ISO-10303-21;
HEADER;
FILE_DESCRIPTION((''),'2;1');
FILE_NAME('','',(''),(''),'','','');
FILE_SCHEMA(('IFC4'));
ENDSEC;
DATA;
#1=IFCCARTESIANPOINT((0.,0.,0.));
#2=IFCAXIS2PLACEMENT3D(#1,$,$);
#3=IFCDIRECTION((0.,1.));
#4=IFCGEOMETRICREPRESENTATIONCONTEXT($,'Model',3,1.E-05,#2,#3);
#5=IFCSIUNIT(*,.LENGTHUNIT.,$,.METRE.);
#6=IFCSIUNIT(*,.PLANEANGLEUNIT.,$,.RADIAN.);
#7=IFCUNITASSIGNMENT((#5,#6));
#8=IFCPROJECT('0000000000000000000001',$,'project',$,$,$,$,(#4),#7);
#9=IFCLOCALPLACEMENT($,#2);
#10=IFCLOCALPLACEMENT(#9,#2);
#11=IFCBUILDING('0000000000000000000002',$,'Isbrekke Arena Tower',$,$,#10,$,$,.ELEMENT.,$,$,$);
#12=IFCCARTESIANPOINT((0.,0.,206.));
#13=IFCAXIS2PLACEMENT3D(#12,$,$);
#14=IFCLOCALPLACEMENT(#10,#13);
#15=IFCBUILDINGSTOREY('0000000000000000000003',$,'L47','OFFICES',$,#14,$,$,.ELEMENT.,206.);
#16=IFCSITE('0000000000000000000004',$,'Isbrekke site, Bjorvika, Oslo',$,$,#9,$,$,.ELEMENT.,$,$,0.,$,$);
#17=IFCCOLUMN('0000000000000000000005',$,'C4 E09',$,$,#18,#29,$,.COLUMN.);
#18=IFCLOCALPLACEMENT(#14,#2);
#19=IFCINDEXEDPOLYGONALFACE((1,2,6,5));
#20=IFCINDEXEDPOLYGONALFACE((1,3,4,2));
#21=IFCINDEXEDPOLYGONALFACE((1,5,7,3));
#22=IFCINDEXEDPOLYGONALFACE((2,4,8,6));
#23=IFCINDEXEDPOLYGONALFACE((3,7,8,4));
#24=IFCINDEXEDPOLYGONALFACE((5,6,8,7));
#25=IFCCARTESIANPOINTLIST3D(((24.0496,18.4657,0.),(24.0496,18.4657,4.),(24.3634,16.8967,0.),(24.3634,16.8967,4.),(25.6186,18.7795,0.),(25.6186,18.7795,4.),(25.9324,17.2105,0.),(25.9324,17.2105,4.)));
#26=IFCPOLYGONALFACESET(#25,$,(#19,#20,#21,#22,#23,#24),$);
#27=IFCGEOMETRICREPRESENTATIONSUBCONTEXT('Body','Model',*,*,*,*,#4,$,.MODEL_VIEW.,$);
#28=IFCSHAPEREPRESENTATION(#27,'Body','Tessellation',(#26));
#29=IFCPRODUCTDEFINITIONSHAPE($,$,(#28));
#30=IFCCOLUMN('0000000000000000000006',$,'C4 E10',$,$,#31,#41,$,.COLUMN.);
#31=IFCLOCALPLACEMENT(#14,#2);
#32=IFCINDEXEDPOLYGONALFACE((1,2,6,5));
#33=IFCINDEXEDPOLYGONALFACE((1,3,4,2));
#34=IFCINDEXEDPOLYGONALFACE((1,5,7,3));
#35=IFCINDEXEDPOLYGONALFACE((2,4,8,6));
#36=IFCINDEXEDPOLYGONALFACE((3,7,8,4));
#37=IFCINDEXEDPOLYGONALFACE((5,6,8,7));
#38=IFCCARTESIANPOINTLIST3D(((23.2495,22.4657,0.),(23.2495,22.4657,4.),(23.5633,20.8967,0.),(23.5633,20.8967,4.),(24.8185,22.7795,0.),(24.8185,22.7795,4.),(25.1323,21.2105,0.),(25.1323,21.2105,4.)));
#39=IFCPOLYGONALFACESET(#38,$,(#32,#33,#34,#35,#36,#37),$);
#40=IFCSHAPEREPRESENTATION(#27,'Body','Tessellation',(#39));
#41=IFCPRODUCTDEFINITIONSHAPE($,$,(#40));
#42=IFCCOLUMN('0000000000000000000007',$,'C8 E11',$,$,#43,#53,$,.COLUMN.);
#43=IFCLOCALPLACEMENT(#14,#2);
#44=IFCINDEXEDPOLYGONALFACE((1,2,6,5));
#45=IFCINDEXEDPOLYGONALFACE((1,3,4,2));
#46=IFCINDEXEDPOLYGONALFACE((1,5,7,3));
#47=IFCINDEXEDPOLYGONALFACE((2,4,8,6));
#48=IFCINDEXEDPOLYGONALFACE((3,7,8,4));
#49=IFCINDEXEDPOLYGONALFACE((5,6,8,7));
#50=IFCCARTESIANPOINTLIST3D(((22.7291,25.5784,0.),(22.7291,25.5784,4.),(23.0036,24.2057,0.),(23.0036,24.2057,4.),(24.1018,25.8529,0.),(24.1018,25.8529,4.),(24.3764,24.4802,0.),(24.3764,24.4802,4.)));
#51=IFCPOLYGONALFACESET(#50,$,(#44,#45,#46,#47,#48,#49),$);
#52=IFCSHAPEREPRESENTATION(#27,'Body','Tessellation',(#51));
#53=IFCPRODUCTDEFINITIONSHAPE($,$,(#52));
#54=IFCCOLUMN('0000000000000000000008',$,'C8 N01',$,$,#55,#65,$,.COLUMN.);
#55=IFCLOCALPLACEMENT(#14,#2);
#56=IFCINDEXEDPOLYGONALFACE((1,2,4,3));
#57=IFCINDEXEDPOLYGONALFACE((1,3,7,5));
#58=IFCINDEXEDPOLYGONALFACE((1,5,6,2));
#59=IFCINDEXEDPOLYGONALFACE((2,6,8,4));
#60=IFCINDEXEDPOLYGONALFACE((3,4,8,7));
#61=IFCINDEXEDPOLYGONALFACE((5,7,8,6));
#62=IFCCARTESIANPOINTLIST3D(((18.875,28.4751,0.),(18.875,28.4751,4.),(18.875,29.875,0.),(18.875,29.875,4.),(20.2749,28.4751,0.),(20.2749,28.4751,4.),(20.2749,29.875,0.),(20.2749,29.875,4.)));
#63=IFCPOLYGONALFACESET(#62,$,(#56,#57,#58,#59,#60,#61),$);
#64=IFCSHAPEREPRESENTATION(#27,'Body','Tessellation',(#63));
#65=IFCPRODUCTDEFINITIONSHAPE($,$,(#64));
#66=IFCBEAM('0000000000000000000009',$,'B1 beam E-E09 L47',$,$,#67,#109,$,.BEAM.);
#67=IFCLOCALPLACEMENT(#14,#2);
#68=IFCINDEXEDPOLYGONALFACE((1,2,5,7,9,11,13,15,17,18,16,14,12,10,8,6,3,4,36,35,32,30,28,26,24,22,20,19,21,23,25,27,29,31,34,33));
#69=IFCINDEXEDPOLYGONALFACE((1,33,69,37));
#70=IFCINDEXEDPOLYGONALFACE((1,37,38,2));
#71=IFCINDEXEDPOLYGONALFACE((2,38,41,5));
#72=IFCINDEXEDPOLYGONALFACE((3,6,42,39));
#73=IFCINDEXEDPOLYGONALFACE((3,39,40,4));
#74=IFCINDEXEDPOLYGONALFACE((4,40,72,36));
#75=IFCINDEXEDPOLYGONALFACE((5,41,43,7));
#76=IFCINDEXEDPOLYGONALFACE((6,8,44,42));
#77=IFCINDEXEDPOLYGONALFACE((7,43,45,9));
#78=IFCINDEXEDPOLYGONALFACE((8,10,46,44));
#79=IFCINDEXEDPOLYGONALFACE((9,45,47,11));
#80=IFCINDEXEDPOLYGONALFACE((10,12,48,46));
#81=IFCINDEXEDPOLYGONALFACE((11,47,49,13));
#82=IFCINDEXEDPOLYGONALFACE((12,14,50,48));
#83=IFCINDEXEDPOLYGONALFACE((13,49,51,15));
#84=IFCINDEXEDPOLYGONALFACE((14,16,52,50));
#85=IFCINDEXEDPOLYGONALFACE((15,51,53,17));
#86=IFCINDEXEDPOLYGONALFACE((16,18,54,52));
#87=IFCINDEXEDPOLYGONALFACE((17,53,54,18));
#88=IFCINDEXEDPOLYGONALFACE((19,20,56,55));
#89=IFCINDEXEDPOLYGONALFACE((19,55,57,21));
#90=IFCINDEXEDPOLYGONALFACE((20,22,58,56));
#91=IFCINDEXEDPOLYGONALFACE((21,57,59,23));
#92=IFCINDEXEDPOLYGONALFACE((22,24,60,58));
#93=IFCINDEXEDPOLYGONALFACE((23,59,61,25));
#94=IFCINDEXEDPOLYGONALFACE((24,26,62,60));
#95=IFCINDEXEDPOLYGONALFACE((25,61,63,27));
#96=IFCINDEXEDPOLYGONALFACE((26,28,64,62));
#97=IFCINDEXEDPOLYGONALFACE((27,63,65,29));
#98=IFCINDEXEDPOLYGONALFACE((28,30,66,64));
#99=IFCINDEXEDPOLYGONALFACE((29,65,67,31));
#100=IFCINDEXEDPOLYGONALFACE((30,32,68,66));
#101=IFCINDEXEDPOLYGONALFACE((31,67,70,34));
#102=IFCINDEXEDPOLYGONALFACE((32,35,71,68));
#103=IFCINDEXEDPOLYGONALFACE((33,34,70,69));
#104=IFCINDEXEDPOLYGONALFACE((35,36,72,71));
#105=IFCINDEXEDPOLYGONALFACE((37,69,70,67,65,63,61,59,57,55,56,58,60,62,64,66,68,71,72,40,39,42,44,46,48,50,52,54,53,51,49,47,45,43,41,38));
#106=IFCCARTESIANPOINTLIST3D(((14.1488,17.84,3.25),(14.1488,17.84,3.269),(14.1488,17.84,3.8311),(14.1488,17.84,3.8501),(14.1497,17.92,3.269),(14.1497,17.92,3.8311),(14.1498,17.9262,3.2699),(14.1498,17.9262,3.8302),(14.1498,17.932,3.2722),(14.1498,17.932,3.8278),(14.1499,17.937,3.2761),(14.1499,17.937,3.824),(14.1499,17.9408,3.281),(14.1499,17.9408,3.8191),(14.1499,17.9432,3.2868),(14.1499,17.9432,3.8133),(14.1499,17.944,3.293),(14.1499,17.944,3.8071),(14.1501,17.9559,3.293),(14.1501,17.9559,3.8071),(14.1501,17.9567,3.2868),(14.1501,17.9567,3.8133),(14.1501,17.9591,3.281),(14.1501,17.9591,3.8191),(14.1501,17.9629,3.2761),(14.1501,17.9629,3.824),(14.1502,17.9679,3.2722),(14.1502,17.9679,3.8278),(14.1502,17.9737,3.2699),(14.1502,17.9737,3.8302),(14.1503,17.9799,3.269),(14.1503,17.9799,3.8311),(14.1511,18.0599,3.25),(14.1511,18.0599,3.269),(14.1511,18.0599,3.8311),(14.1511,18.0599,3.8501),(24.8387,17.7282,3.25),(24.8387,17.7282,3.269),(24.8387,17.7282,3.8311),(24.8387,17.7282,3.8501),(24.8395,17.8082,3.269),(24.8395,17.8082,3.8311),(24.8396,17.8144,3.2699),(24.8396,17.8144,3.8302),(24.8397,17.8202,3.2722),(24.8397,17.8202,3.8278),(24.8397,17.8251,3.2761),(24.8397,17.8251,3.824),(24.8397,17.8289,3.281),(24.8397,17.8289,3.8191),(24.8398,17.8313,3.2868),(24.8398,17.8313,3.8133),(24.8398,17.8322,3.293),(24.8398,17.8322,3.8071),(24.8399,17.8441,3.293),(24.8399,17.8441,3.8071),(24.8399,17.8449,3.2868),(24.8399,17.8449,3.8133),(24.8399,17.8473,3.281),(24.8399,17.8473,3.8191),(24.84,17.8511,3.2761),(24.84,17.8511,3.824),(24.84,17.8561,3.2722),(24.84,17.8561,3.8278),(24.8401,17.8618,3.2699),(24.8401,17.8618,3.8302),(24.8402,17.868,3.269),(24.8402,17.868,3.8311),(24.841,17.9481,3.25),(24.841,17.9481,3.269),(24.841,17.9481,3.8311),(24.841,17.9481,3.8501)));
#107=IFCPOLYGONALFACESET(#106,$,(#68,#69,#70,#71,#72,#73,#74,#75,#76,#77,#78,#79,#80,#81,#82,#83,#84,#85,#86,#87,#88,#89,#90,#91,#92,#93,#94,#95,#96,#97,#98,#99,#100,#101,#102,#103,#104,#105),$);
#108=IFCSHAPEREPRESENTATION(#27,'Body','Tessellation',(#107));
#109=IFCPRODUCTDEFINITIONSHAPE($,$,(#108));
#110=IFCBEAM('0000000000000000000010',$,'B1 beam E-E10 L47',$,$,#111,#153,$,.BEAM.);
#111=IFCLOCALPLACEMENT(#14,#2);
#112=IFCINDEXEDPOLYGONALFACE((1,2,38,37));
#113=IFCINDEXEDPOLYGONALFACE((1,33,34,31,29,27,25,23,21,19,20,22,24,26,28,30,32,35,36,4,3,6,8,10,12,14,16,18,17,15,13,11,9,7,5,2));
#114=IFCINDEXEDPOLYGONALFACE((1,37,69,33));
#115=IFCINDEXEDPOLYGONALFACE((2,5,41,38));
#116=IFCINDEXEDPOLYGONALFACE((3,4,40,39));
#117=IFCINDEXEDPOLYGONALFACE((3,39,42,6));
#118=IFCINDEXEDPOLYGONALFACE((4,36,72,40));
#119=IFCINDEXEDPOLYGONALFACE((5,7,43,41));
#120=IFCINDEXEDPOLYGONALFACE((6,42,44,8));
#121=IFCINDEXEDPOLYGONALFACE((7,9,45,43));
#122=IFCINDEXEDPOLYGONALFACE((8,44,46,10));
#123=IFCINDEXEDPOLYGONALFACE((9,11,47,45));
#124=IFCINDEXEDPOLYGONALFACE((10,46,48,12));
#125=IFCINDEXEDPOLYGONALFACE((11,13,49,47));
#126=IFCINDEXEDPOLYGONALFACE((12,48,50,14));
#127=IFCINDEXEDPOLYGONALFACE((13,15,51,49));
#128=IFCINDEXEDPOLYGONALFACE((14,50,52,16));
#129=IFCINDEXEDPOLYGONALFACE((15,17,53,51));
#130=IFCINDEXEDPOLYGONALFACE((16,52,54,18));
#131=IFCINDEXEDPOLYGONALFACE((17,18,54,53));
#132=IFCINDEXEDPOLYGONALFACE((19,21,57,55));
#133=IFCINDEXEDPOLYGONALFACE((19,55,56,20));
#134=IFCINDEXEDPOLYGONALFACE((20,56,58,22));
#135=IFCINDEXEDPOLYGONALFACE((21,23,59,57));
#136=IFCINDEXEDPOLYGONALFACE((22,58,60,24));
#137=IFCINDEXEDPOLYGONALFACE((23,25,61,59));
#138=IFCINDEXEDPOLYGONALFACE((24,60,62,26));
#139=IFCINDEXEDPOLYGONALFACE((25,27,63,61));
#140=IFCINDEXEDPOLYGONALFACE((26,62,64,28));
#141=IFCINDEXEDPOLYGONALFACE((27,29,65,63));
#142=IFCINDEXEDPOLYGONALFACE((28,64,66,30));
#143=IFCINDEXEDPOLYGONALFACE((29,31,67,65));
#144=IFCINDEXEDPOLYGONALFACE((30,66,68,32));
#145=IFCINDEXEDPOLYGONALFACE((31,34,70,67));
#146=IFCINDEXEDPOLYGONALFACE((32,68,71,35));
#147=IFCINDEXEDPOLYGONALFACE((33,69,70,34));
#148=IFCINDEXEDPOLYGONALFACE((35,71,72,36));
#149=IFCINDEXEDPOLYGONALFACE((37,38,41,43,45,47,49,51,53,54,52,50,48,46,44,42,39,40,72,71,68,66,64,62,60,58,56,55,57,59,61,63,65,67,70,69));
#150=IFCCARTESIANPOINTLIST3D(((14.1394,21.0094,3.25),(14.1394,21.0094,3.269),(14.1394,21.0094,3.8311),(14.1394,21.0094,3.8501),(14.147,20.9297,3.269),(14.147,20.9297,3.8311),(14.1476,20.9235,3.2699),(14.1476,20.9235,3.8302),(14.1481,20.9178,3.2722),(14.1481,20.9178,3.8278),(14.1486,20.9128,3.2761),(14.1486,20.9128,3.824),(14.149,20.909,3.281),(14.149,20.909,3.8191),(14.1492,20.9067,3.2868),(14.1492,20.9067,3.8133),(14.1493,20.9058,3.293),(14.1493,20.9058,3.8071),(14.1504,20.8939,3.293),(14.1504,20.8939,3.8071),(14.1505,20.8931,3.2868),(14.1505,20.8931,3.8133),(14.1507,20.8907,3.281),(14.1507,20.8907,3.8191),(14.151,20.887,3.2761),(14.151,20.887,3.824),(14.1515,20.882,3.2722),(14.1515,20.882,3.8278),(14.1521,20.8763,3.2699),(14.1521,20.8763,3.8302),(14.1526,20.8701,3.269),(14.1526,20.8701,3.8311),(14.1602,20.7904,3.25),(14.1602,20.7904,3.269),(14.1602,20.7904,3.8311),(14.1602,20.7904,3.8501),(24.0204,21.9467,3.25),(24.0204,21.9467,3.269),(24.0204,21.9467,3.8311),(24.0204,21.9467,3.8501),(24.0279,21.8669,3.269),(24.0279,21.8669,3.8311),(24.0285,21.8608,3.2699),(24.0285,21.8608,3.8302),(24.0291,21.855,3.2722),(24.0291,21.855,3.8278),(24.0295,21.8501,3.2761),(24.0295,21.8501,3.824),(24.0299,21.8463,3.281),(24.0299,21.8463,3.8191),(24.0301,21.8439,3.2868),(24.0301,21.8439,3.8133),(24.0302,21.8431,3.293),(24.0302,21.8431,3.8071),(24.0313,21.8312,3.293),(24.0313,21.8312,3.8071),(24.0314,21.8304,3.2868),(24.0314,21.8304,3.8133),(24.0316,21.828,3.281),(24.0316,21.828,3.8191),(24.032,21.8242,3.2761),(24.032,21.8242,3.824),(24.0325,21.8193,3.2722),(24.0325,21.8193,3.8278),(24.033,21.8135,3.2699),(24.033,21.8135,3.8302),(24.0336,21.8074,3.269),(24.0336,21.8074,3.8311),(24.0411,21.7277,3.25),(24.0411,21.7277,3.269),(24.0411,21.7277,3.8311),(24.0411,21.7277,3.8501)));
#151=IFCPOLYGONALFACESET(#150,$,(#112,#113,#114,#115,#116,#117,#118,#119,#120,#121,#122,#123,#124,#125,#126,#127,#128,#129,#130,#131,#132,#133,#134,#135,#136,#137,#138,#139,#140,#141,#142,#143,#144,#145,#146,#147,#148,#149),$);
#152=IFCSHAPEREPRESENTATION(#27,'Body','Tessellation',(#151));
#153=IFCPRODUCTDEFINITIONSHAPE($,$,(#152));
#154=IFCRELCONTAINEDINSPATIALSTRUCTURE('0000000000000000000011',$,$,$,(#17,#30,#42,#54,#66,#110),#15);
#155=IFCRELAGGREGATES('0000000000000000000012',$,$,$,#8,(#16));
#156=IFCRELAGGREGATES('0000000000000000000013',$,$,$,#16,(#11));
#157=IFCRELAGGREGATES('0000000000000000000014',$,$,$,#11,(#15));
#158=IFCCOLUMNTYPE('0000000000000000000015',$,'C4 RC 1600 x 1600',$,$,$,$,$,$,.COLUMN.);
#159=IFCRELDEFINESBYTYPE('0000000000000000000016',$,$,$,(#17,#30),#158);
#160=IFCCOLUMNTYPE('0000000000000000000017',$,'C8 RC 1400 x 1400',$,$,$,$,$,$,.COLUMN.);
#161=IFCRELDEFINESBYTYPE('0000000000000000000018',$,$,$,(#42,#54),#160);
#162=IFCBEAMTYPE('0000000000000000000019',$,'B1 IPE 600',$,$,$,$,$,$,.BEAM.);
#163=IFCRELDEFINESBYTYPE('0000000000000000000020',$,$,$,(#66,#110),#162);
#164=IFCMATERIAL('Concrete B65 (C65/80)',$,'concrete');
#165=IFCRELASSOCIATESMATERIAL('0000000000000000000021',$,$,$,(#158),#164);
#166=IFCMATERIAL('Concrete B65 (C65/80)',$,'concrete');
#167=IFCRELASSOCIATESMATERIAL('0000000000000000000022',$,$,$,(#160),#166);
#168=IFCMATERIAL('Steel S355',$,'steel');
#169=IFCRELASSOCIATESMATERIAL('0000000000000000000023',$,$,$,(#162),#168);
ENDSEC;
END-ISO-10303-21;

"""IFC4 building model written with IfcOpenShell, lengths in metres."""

from ifc_helpers import new_model, si_unit, direction, frame, origin, origin_2d, place, context, subcontext, project, spatial, rectangle, i_section, extrude, material, material_profile, profile_set, type_object, element, save


model = new_model("IFC4")

# Units and contexts
model_context = context("Model", 3, precision=1e-05, world=origin(), true_north=direction((0.0, 1.0)))
body_context = subcontext(model_context, "Body", "Model", "MODEL_VIEW")
ifc_project = project(units=[si_unit("LENGTHUNIT", "METRE"), si_unit("PLANEANGLEUNIT", "RADIAN")], contexts=[model_context])

# Site, building, storey
site_placement = place(None, origin())
site = spatial("IfcSite", under=ifc_project, at=site_placement, Name="Isbrekke site, Bjorvika, Oslo", CompositionType="ELEMENT", RefElevation=0.0)
building_placement = place(site_placement, origin())
building = spatial("IfcBuilding", under=site, at=building_placement, Name="Isbrekke Arena Tower", CompositionType="ELEMENT")
storey_placement = place(building_placement, frame((0.0, 0.0, 206.0)))
storey = spatial("IfcBuildingStorey", under=building, at=storey_placement, Name="L47", Description="OFFICES", CompositionType="ELEMENT", Elevation=206.0)

# Columns
ifc_material_1 = material(Name="Concrete B65 (C65/80)", Category="concrete")
ifc_material_profile_1 = material_profile(ifc_material_1, rectangle(XDim=1.6001, YDim=1.6001, at=origin_2d()), Name="RC 1600x1600")
ifc_profile_set_1 = profile_set([ifc_material_profile_1], Name="Concrete B65 (C65/80)")
column_type_1 = type_object("IfcColumnType", Name="C4 RC 1600 x 1600", PredefinedType="COLUMN", material=ifc_profile_set_1)
for number, where, z_axis, x_axis, name in (
    (1, (24.991, 17.8381, 0.0), (0.0, 0.0, 1.0), (-0.196116, 0.980581, 0.0), "C4 E09"),
    (2, (24.1909, 21.8381, 0.0), (0.0, 0.0, 1.0), (-0.196116, 0.980581, 0.0), "C4 E10"),
):
    element("IfcColumn", number, at=place(storey_placement, frame(where, z_axis=z_axis, x_axis=x_axis)), inside=storey, type_object=column_type_1, Name=name, PredefinedType="COLUMN", context=body_context, shape_type="SweptSolid", body=[
        extrude(rectangle(XDim=1.6001, YDim=1.6001, at=origin_2d()), origin(), (0.0, 0.0, 1.0), 4.0),
    ])
ifc_material_2 = material(Name="Concrete B65 (C65/80)", Category="concrete")
ifc_material_profile_2 = material_profile(ifc_material_2, rectangle(XDim=1.3999, YDim=1.3999, at=origin_2d()), Name="RC 1400x1400")
ifc_profile_set_2 = profile_set([ifc_material_profile_2], Name="Concrete B65 (C65/80)")
column_type_2 = type_object("IfcColumnType", Name="C8 RC 1400 x 1400", PredefinedType="COLUMN", material=ifc_profile_set_2)
for number, where, z_axis, x_axis, name in (
    (3, (23.5527, 25.0293, 0.0), (0.0, 0.0, 1.0), (-0.196116, 0.980581, 0.0), "C8 E11"),
    (4, (19.575, 29.175, 0.0), (0.0, 0.0, 1.0), (-1.0, 0.0, 0.0), "C8 N01"),
):
    element("IfcColumn", number, at=place(storey_placement, frame(where, z_axis=z_axis, x_axis=x_axis)), inside=storey, type_object=column_type_2, Name=name, PredefinedType="COLUMN", context=body_context, shape_type="SweptSolid", body=[
        extrude(rectangle(XDim=1.3999, YDim=1.3999, at=origin_2d()), origin(), (0.0, 0.0, 1.0), 4.0),
    ])

# Beams
ifc_material_3 = material(Name="Steel S355", Category="steel")
ifc_material_profile_3 = material_profile(ifc_material_3, i_section(OverallWidth=0.22, OverallDepth=0.6001, WebThickness=0.012, FlangeThickness=0.019, FilletRadius=0.0239, at=origin_2d()), Name="IPE 600")
ifc_profile_set_3 = profile_set([ifc_material_profile_3], Name="Steel S355")
beam_type_1 = type_object("IfcBeamType", Name="B1 IPE 600", PredefinedType="BEAM", material=ifc_profile_set_3)
beam_1_placement = place(storey_placement, frame((24.8398, 17.8381, 3.55), z_axis=(-0.999945, 0.010459, 0.0), x_axis=(-0.010459, -0.999945, 0.0)))
element("IfcBeam", 5, at=beam_1_placement, inside=storey, type_object=beam_type_1, Name="B1 beam E-E09 L47", PredefinedType="BEAM", context=body_context, shape_type="SweptSolid", body=[
    extrude(i_section(OverallWidth=0.22, OverallDepth=0.6001, WebThickness=0.012, FlangeThickness=0.019, FilletRadius=0.0239, at=origin_2d()), origin(), (0.0, 0.0, 1.0), 10.6904),
])
beam_2_placement = place(storey_placement, frame((24.0308, 21.8372, 3.55), z_axis=(-0.995531, -0.094432, 0.0), x_axis=(0.094432, -0.995531, 0.0)))
element("IfcBeam", 6, at=beam_2_placement, inside=storey, type_object=beam_type_1, Name="B1 beam E-E10 L47", PredefinedType="BEAM", context=body_context, shape_type="SweptSolid", body=[
    extrude(i_section(OverallWidth=0.22, OverallDepth=0.6001, WebThickness=0.012, FlangeThickness=0.019, FilletRadius=0.0239, at=origin_2d()), origin(), (0.0, 0.0, 1.0), 9.9253),
])

save(model, "model.ifc")
